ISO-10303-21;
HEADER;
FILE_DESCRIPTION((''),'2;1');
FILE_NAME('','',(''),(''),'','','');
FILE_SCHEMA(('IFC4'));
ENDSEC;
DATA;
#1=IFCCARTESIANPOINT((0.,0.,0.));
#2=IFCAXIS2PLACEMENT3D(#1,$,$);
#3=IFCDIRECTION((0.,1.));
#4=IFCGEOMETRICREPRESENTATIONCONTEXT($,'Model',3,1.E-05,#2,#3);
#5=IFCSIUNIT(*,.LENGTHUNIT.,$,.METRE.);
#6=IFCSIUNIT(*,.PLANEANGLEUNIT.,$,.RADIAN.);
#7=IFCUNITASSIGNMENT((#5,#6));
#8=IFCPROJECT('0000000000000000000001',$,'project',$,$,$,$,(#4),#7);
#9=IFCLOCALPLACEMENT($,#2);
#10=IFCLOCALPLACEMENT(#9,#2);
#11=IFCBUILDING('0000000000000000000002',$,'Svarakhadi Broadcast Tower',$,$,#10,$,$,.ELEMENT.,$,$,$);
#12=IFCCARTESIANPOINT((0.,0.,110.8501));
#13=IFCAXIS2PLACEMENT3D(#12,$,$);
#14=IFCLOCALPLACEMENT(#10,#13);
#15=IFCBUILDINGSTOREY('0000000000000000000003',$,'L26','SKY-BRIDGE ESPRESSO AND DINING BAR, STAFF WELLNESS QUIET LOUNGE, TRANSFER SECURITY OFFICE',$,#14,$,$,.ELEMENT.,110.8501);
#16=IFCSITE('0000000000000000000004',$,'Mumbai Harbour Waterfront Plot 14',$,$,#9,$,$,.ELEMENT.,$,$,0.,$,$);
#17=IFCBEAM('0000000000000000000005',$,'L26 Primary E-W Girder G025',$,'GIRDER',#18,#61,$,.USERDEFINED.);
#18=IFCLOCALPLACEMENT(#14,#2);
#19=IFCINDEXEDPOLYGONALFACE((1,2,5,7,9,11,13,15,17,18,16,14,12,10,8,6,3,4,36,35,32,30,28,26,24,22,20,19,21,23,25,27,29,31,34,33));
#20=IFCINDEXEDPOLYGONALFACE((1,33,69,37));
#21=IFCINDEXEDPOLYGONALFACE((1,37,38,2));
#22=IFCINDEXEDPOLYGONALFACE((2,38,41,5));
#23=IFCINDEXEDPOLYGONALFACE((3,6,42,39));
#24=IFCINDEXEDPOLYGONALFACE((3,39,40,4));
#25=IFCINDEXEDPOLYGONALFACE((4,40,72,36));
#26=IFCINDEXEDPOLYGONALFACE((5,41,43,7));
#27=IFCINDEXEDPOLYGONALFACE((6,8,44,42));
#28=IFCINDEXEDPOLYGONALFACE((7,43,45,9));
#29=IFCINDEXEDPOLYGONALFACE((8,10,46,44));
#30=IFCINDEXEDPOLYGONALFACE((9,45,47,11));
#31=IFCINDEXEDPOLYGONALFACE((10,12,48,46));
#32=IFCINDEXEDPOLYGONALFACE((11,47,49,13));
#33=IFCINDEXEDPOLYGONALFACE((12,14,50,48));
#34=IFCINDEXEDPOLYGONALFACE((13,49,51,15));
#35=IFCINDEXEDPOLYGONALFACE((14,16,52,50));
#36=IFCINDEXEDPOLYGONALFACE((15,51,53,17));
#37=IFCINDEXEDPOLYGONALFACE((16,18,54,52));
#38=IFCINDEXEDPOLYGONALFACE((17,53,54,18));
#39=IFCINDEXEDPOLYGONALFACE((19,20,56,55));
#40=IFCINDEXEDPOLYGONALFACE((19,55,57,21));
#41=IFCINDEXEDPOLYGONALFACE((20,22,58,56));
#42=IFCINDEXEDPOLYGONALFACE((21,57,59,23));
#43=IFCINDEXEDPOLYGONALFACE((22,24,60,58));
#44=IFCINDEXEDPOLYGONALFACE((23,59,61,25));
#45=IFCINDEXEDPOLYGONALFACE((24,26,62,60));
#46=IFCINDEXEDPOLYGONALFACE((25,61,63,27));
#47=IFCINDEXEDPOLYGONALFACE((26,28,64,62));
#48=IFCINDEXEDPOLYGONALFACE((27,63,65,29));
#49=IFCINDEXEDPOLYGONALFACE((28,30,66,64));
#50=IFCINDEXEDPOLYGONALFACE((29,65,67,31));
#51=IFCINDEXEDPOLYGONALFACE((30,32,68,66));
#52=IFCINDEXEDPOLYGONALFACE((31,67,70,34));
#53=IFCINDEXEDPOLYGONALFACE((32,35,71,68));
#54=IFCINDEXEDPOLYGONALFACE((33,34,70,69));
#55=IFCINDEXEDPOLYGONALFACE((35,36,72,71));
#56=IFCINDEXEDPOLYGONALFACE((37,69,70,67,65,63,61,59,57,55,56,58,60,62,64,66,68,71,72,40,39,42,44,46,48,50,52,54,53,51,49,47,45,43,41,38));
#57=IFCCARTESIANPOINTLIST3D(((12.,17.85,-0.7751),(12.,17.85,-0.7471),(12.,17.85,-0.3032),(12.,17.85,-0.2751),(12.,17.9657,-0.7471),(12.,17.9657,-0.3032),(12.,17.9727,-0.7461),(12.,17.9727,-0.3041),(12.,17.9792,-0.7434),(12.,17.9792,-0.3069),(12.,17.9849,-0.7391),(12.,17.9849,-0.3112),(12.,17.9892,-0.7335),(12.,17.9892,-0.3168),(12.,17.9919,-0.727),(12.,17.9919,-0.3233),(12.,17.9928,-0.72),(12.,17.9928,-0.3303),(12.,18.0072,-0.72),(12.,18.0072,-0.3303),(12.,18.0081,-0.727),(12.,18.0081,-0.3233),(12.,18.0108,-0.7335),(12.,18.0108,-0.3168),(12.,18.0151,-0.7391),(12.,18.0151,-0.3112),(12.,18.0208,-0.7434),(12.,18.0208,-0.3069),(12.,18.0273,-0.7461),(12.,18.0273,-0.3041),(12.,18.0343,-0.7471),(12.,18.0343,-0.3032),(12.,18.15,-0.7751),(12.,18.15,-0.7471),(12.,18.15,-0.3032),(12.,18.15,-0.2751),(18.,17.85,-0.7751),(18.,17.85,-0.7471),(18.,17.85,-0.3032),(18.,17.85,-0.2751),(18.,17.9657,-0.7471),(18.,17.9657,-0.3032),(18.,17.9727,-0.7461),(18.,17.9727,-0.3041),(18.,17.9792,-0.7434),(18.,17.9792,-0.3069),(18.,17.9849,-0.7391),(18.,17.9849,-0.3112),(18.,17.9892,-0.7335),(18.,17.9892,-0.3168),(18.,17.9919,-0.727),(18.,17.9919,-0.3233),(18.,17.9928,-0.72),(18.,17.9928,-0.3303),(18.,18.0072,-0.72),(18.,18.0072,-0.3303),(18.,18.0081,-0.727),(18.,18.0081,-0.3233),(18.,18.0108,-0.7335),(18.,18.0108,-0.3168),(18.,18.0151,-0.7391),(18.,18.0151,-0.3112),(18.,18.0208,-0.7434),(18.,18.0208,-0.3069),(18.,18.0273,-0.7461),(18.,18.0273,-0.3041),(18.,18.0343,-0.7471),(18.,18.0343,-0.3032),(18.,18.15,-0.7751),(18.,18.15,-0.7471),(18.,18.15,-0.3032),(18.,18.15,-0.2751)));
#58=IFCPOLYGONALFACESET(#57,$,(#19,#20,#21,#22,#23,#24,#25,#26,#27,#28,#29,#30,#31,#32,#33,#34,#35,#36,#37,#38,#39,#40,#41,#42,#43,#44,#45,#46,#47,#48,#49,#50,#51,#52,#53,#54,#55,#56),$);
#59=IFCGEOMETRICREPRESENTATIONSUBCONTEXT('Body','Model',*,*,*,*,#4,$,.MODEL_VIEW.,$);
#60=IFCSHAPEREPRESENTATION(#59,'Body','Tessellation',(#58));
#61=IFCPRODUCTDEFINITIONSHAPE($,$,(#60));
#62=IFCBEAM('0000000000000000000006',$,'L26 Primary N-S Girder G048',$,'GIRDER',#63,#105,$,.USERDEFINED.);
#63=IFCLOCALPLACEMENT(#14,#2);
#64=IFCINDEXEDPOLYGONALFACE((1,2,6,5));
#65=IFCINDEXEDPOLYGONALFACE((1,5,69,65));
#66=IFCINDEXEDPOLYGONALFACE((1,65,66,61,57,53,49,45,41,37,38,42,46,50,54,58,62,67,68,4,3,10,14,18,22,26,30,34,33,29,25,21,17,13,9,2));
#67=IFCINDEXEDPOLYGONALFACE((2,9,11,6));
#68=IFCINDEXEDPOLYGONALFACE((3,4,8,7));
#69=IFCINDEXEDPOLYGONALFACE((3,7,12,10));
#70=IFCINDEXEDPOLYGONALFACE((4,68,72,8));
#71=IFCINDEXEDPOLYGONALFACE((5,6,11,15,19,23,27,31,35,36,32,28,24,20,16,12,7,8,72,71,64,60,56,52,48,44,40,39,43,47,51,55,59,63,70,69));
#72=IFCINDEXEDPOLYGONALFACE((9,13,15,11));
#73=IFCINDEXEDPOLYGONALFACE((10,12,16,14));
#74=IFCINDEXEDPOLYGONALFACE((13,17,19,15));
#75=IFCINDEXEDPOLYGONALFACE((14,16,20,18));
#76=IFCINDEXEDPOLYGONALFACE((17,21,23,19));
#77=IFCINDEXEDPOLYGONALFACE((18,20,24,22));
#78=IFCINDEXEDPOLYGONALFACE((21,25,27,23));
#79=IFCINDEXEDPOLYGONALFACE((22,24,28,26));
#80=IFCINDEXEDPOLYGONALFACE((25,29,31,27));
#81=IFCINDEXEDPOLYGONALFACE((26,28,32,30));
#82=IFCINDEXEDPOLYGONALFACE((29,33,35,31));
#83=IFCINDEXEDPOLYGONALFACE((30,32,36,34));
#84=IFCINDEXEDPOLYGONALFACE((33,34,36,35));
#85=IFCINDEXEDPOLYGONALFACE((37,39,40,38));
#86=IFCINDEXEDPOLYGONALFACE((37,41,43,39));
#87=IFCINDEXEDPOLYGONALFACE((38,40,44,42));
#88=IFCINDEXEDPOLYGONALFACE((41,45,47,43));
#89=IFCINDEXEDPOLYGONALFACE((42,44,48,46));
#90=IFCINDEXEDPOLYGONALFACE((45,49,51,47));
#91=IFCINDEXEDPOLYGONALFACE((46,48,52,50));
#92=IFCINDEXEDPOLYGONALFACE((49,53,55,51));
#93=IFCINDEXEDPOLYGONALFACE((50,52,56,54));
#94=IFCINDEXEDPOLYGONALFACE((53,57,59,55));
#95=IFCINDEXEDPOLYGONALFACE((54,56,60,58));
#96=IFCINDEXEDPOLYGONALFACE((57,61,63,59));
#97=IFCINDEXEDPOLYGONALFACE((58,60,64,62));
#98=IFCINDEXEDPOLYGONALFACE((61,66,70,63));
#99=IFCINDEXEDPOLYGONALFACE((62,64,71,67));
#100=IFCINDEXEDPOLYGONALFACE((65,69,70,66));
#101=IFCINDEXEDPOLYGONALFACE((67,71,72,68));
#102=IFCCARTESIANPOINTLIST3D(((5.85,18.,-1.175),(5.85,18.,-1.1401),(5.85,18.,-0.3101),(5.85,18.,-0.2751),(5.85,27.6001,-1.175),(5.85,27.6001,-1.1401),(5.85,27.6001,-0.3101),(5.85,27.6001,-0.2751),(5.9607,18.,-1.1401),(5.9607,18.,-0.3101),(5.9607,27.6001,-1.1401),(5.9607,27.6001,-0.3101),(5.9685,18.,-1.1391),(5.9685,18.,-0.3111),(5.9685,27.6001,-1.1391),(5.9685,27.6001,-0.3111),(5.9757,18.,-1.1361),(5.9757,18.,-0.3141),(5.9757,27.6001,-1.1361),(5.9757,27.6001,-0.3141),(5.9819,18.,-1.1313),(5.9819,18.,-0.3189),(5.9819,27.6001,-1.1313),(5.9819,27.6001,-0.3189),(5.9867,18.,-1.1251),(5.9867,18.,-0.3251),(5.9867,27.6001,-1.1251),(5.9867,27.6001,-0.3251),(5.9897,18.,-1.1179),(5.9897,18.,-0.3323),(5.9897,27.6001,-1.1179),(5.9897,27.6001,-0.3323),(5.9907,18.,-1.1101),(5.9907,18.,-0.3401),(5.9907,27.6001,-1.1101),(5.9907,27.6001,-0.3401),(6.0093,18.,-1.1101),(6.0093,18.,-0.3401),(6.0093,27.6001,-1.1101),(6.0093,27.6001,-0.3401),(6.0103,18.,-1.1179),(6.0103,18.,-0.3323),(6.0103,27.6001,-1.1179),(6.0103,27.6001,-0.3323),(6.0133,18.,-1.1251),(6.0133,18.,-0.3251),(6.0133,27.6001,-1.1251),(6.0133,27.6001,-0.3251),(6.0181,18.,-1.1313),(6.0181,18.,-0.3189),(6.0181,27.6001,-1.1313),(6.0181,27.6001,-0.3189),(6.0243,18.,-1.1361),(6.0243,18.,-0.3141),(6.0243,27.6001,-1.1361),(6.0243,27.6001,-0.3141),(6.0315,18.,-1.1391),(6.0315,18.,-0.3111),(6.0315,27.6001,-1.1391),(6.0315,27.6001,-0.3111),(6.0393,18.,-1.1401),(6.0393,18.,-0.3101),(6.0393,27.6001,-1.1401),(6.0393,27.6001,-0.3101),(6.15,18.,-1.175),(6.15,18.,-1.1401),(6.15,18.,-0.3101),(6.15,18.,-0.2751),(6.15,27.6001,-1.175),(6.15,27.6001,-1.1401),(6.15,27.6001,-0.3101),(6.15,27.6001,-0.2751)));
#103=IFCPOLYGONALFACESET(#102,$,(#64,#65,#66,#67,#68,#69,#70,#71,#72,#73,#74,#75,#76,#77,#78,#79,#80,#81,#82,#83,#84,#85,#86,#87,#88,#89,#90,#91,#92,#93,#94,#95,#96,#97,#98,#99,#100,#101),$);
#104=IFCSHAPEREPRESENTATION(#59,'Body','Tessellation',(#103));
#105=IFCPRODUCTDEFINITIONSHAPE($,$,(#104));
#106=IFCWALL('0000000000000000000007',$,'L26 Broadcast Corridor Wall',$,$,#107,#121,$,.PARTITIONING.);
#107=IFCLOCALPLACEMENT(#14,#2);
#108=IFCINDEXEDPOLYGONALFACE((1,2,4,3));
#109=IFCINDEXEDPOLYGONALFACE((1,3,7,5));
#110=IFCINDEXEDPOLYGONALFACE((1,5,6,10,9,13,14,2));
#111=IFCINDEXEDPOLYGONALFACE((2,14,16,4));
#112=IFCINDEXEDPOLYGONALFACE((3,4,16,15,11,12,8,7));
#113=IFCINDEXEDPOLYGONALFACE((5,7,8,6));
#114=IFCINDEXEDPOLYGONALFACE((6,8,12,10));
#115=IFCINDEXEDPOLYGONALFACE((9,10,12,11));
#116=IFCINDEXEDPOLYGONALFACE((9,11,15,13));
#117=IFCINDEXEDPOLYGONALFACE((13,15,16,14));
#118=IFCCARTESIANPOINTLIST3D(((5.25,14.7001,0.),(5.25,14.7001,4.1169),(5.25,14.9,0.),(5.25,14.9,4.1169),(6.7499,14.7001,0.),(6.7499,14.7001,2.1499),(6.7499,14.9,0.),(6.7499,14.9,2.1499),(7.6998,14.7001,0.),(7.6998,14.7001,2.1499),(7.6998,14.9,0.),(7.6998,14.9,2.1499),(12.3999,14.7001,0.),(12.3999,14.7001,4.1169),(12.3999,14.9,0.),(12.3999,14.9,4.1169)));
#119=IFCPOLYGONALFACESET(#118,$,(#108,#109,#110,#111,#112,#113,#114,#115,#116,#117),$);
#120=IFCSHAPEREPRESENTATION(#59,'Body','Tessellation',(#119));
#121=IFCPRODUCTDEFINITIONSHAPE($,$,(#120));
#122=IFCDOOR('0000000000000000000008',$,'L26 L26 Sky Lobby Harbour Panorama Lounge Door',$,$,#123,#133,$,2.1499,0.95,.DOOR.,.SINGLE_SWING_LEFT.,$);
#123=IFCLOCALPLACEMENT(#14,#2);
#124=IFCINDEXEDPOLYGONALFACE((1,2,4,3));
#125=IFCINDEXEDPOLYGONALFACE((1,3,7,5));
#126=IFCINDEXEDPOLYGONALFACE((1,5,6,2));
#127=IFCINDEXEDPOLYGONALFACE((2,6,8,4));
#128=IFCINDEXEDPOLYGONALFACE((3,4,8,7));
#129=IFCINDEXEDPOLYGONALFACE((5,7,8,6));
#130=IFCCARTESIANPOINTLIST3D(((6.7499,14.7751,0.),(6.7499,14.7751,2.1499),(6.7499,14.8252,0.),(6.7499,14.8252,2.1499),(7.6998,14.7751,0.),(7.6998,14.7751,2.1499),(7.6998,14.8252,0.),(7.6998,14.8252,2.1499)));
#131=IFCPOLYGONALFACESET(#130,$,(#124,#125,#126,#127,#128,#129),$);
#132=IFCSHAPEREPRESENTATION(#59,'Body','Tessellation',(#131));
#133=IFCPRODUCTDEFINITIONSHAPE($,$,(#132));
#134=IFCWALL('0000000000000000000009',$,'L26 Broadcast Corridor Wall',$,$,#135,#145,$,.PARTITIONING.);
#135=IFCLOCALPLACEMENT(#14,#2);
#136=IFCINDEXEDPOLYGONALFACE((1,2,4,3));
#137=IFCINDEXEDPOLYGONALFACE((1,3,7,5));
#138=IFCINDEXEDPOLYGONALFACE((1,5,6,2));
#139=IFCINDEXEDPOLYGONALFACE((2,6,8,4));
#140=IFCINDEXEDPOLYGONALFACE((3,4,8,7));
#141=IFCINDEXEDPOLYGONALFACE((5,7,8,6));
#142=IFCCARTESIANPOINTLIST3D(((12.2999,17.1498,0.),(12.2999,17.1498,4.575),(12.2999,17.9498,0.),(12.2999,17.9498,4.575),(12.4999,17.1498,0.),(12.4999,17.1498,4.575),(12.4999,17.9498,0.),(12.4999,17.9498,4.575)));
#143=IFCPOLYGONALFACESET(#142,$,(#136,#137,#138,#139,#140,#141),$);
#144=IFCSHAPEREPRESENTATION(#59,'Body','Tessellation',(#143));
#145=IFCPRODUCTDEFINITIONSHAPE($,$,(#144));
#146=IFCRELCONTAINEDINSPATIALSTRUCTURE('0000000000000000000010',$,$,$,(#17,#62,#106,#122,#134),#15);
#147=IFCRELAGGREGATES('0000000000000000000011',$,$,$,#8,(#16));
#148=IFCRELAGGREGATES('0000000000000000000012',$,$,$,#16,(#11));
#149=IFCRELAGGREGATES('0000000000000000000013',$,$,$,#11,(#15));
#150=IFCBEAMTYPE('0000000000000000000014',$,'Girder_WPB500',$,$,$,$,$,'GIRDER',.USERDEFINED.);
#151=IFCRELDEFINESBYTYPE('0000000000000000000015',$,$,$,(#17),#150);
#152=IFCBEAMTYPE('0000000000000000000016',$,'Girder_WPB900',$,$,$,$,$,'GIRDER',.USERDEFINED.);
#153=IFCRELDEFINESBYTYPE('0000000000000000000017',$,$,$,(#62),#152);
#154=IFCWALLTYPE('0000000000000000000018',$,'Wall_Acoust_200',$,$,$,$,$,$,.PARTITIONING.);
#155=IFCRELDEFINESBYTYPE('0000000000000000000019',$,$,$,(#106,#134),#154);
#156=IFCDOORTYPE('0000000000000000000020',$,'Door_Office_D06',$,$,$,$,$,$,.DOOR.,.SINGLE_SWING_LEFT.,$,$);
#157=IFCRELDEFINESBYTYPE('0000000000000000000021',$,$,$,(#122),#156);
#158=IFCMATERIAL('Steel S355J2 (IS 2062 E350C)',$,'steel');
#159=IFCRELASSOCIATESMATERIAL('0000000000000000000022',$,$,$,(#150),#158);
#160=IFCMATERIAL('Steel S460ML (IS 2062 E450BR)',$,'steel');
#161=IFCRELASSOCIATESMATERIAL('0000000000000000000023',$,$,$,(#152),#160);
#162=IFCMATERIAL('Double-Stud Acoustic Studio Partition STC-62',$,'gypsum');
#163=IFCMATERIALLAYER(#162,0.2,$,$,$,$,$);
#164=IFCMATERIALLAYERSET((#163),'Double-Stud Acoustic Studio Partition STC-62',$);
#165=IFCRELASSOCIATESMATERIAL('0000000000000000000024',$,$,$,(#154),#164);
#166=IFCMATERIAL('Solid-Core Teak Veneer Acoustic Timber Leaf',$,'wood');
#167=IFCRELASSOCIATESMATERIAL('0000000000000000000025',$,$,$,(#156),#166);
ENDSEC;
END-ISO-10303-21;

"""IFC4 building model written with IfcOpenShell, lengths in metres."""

from ifc_helpers import new_model, si_unit, direction, frame, frame_2d, origin, origin_2d, place, context, subcontext, project, spatial, rectangle, i_section, extrude, material, layer, layer_set, material_profile, profile_set, type_object, element, fill, save


model = new_model("IFC4")

# Units and contexts
model_context = context("Model", 3, precision=1e-05, world=origin(), true_north=direction((0.0, 1.0)))
body_context = subcontext(model_context, "Body", "Model", "MODEL_VIEW")
ifc_project = project(units=[si_unit("LENGTHUNIT", "METRE"), si_unit("PLANEANGLEUNIT", "RADIAN")], contexts=[model_context])

# Site, building, storey
site_placement = place(None, origin())
site = spatial("IfcSite", under=ifc_project, at=site_placement, Name="Mumbai Harbour Waterfront Plot 14", CompositionType="ELEMENT", RefElevation=0.0)
building_placement = place(site_placement, origin())
building = spatial("IfcBuilding", under=site, at=building_placement, Name="Svarakhadi Broadcast Tower", CompositionType="ELEMENT")
storey_placement = place(building_placement, frame((0.0, 0.0, 110.8501)))
storey = spatial("IfcBuildingStorey", under=building, at=storey_placement, Name="L26", Description="SKY-BRIDGE ESPRESSO AND DINING BAR, STAFF WELLNESS QUIET LOUNGE, TRANSFER SECURITY OFFICE", CompositionType="ELEMENT", Elevation=110.8501)

# Beams
ifc_material_1 = material(Name="Steel S355J2 (IS 2062 E350C)", Category="steel")
ifc_material_profile_1 = material_profile(ifc_material_1, i_section(OverallWidth=0.3, OverallDepth=0.5, WebThickness=0.0144, FlangeThickness=0.0281, FilletRadius=0.0271, at=origin_2d()), Name="WPB 500x300x187")
ifc_profile_set_1 = profile_set([ifc_material_profile_1], Name="Steel S355J2 (IS 2062 E350C)")
beam_type_1 = type_object("IfcBeamType", Name="Girder_WPB500", ElementType="GIRDER", PredefinedType="USERDEFINED", material=ifc_profile_set_1)
for number, where, z_axis, x_axis, name in (
    (1, (12.0, 18.0, -0.5251), (1.0, 0.0, 0.0), (0.0, 1.0, 0.0), "L26 Primary E-W Girder G025"),
):
    element("IfcBeam", number, at=place(storey_placement, frame(where, z_axis=z_axis, x_axis=x_axis)), inside=storey, type_object=beam_type_1, Name=name, ObjectType="GIRDER", PredefinedType="USERDEFINED", context=body_context, shape_type="SweptSolid", body=[
        extrude(i_section(OverallWidth=0.3, OverallDepth=0.5, WebThickness=0.0144, FlangeThickness=0.0281, FilletRadius=0.0271, at=origin_2d()), origin(), (0.0, 0.0, 1.0), 6.0),
    ])
ifc_material_2 = material(Name="Steel S460ML (IS 2062 E450BR)", Category="steel")
ifc_material_profile_2 = material_profile(ifc_material_2, i_section(OverallWidth=0.3, OverallDepth=0.8999, WebThickness=0.0186, FlangeThickness=0.0349, FilletRadius=0.03, at=origin_2d()), Name="WPB 900x300x291")
ifc_profile_set_2 = profile_set([ifc_material_profile_2], Name="Steel S460ML (IS 2062 E450BR)")
beam_type_2 = type_object("IfcBeamType", Name="Girder_WPB900", ElementType="GIRDER", PredefinedType="USERDEFINED", material=ifc_profile_set_2)
beam_placement = place(storey_placement, frame((6.0, 18.0, -0.7251), z_axis=(0.0, 1.0, 0.0), x_axis=(-1.0, 0.0, 0.0)))
element("IfcBeam", 2, at=beam_placement, inside=storey, type_object=beam_type_2, Name="L26 Primary N-S Girder G048", ObjectType="GIRDER", PredefinedType="USERDEFINED", context=body_context, shape_type="SweptSolid", body=[
    extrude(i_section(OverallWidth=0.3, OverallDepth=0.8999, WebThickness=0.0186, FlangeThickness=0.0349, FilletRadius=0.03, at=origin_2d()), origin(), (0.0, 0.0, 1.0), 9.6001),
])

# Wall, opening, door
ifc_material_3 = material(Name="Double-Stud Acoustic Studio Partition STC-62", Category="gypsum")
ifc_layer_1 = layer(ifc_material_3, 0.2)
ifc_layer_set_1 = layer_set([ifc_layer_1], Name="Double-Stud Acoustic Studio Partition STC-62")
wall_type_1 = type_object("IfcWallType", Name="Wall_Acoust_200", PredefinedType="PARTITIONING", material=ifc_layer_set_1)
wall_1_placement = place(storey_placement, frame((12.3999, 14.8, 0.0), z_axis=(0.0, 0.0, 1.0), x_axis=(-1.0, 0.0, 0.0)))
wall_1 = element("IfcWall", 3, at=wall_1_placement, inside=storey, type_object=wall_type_1, Name="L26 Broadcast Corridor Wall", PredefinedType="PARTITIONING", context=body_context, shape_type="SweptSolid", body=[
    extrude(rectangle(XDim=7.1499, YDim=0.2, at=frame_2d((3.575, 0.0))), origin(), (0.0, 0.0, 1.0), 4.1169),
])
opening_1_placement = place(wall_1_placement, frame((4.7, 0.0, 0.0)))
opening_1 = element("IfcOpeningElement", 4, at=opening_1_placement, cuts=wall_1, PredefinedType="OPENING", context=body_context, shape_type="SweptSolid", body=[
    extrude(rectangle(XDim=0.95, YDim=2.1499, at=frame_2d((0.4751, 1.075))), frame((0.0, 0.1099, 0.0), z_axis=(0.0, -1.0, 0.0), x_axis=(1.0, 0.0, 0.0)), (0.0, 0.0, 1.0), 0.22),
])
ifc_material_4 = material(Name="Solid-Core Teak Veneer Acoustic Timber Leaf", Category="wood")
door_type_1 = type_object("IfcDoorType", Name="Door_Office_D06", OperationType="SINGLE_SWING_LEFT", PredefinedType="DOOR", material=ifc_material_4)
door_1_placement = place(opening_1_placement, origin())
door_1 = element("IfcDoor", 5, at=door_1_placement, inside=storey, type_object=door_type_1, Name="L26 L26 Sky Lobby Harbour Panorama Lounge Door", OperationType="SINGLE_SWING_LEFT", OverallHeight=2.1499, OverallWidth=0.95, PredefinedType="DOOR", context=body_context, shape_type="SweptSolid", body=[
    extrude(rectangle(XDim=0.95, YDim=2.1499, at=frame_2d((0.4751, 1.075))), frame((0.0, 0.0249, 0.0), z_axis=(0.0, -1.0, 0.0), x_axis=(1.0, 0.0, 0.0)), (0.0, 0.0, 1.0), 0.05),
])
fill(opening_1, door_1)

# Wall
wall_2_placement = place(storey_placement, frame((12.3999, 17.1499, 0.0), z_axis=(0.0, 0.0, 1.0), x_axis=(0.0, 1.0, 0.0)))
element("IfcWall", 6, at=wall_2_placement, inside=storey, type_object=wall_type_1, Name="L26 Broadcast Corridor Wall", PredefinedType="PARTITIONING", context=body_context, shape_type="SweptSolid", body=[
    extrude(rectangle(XDim=0.8, YDim=0.2, at=frame_2d((0.3999, 0.0))), origin(), (0.0, 0.0, 1.0), 4.575),
])

save(model, "model.ifc")
